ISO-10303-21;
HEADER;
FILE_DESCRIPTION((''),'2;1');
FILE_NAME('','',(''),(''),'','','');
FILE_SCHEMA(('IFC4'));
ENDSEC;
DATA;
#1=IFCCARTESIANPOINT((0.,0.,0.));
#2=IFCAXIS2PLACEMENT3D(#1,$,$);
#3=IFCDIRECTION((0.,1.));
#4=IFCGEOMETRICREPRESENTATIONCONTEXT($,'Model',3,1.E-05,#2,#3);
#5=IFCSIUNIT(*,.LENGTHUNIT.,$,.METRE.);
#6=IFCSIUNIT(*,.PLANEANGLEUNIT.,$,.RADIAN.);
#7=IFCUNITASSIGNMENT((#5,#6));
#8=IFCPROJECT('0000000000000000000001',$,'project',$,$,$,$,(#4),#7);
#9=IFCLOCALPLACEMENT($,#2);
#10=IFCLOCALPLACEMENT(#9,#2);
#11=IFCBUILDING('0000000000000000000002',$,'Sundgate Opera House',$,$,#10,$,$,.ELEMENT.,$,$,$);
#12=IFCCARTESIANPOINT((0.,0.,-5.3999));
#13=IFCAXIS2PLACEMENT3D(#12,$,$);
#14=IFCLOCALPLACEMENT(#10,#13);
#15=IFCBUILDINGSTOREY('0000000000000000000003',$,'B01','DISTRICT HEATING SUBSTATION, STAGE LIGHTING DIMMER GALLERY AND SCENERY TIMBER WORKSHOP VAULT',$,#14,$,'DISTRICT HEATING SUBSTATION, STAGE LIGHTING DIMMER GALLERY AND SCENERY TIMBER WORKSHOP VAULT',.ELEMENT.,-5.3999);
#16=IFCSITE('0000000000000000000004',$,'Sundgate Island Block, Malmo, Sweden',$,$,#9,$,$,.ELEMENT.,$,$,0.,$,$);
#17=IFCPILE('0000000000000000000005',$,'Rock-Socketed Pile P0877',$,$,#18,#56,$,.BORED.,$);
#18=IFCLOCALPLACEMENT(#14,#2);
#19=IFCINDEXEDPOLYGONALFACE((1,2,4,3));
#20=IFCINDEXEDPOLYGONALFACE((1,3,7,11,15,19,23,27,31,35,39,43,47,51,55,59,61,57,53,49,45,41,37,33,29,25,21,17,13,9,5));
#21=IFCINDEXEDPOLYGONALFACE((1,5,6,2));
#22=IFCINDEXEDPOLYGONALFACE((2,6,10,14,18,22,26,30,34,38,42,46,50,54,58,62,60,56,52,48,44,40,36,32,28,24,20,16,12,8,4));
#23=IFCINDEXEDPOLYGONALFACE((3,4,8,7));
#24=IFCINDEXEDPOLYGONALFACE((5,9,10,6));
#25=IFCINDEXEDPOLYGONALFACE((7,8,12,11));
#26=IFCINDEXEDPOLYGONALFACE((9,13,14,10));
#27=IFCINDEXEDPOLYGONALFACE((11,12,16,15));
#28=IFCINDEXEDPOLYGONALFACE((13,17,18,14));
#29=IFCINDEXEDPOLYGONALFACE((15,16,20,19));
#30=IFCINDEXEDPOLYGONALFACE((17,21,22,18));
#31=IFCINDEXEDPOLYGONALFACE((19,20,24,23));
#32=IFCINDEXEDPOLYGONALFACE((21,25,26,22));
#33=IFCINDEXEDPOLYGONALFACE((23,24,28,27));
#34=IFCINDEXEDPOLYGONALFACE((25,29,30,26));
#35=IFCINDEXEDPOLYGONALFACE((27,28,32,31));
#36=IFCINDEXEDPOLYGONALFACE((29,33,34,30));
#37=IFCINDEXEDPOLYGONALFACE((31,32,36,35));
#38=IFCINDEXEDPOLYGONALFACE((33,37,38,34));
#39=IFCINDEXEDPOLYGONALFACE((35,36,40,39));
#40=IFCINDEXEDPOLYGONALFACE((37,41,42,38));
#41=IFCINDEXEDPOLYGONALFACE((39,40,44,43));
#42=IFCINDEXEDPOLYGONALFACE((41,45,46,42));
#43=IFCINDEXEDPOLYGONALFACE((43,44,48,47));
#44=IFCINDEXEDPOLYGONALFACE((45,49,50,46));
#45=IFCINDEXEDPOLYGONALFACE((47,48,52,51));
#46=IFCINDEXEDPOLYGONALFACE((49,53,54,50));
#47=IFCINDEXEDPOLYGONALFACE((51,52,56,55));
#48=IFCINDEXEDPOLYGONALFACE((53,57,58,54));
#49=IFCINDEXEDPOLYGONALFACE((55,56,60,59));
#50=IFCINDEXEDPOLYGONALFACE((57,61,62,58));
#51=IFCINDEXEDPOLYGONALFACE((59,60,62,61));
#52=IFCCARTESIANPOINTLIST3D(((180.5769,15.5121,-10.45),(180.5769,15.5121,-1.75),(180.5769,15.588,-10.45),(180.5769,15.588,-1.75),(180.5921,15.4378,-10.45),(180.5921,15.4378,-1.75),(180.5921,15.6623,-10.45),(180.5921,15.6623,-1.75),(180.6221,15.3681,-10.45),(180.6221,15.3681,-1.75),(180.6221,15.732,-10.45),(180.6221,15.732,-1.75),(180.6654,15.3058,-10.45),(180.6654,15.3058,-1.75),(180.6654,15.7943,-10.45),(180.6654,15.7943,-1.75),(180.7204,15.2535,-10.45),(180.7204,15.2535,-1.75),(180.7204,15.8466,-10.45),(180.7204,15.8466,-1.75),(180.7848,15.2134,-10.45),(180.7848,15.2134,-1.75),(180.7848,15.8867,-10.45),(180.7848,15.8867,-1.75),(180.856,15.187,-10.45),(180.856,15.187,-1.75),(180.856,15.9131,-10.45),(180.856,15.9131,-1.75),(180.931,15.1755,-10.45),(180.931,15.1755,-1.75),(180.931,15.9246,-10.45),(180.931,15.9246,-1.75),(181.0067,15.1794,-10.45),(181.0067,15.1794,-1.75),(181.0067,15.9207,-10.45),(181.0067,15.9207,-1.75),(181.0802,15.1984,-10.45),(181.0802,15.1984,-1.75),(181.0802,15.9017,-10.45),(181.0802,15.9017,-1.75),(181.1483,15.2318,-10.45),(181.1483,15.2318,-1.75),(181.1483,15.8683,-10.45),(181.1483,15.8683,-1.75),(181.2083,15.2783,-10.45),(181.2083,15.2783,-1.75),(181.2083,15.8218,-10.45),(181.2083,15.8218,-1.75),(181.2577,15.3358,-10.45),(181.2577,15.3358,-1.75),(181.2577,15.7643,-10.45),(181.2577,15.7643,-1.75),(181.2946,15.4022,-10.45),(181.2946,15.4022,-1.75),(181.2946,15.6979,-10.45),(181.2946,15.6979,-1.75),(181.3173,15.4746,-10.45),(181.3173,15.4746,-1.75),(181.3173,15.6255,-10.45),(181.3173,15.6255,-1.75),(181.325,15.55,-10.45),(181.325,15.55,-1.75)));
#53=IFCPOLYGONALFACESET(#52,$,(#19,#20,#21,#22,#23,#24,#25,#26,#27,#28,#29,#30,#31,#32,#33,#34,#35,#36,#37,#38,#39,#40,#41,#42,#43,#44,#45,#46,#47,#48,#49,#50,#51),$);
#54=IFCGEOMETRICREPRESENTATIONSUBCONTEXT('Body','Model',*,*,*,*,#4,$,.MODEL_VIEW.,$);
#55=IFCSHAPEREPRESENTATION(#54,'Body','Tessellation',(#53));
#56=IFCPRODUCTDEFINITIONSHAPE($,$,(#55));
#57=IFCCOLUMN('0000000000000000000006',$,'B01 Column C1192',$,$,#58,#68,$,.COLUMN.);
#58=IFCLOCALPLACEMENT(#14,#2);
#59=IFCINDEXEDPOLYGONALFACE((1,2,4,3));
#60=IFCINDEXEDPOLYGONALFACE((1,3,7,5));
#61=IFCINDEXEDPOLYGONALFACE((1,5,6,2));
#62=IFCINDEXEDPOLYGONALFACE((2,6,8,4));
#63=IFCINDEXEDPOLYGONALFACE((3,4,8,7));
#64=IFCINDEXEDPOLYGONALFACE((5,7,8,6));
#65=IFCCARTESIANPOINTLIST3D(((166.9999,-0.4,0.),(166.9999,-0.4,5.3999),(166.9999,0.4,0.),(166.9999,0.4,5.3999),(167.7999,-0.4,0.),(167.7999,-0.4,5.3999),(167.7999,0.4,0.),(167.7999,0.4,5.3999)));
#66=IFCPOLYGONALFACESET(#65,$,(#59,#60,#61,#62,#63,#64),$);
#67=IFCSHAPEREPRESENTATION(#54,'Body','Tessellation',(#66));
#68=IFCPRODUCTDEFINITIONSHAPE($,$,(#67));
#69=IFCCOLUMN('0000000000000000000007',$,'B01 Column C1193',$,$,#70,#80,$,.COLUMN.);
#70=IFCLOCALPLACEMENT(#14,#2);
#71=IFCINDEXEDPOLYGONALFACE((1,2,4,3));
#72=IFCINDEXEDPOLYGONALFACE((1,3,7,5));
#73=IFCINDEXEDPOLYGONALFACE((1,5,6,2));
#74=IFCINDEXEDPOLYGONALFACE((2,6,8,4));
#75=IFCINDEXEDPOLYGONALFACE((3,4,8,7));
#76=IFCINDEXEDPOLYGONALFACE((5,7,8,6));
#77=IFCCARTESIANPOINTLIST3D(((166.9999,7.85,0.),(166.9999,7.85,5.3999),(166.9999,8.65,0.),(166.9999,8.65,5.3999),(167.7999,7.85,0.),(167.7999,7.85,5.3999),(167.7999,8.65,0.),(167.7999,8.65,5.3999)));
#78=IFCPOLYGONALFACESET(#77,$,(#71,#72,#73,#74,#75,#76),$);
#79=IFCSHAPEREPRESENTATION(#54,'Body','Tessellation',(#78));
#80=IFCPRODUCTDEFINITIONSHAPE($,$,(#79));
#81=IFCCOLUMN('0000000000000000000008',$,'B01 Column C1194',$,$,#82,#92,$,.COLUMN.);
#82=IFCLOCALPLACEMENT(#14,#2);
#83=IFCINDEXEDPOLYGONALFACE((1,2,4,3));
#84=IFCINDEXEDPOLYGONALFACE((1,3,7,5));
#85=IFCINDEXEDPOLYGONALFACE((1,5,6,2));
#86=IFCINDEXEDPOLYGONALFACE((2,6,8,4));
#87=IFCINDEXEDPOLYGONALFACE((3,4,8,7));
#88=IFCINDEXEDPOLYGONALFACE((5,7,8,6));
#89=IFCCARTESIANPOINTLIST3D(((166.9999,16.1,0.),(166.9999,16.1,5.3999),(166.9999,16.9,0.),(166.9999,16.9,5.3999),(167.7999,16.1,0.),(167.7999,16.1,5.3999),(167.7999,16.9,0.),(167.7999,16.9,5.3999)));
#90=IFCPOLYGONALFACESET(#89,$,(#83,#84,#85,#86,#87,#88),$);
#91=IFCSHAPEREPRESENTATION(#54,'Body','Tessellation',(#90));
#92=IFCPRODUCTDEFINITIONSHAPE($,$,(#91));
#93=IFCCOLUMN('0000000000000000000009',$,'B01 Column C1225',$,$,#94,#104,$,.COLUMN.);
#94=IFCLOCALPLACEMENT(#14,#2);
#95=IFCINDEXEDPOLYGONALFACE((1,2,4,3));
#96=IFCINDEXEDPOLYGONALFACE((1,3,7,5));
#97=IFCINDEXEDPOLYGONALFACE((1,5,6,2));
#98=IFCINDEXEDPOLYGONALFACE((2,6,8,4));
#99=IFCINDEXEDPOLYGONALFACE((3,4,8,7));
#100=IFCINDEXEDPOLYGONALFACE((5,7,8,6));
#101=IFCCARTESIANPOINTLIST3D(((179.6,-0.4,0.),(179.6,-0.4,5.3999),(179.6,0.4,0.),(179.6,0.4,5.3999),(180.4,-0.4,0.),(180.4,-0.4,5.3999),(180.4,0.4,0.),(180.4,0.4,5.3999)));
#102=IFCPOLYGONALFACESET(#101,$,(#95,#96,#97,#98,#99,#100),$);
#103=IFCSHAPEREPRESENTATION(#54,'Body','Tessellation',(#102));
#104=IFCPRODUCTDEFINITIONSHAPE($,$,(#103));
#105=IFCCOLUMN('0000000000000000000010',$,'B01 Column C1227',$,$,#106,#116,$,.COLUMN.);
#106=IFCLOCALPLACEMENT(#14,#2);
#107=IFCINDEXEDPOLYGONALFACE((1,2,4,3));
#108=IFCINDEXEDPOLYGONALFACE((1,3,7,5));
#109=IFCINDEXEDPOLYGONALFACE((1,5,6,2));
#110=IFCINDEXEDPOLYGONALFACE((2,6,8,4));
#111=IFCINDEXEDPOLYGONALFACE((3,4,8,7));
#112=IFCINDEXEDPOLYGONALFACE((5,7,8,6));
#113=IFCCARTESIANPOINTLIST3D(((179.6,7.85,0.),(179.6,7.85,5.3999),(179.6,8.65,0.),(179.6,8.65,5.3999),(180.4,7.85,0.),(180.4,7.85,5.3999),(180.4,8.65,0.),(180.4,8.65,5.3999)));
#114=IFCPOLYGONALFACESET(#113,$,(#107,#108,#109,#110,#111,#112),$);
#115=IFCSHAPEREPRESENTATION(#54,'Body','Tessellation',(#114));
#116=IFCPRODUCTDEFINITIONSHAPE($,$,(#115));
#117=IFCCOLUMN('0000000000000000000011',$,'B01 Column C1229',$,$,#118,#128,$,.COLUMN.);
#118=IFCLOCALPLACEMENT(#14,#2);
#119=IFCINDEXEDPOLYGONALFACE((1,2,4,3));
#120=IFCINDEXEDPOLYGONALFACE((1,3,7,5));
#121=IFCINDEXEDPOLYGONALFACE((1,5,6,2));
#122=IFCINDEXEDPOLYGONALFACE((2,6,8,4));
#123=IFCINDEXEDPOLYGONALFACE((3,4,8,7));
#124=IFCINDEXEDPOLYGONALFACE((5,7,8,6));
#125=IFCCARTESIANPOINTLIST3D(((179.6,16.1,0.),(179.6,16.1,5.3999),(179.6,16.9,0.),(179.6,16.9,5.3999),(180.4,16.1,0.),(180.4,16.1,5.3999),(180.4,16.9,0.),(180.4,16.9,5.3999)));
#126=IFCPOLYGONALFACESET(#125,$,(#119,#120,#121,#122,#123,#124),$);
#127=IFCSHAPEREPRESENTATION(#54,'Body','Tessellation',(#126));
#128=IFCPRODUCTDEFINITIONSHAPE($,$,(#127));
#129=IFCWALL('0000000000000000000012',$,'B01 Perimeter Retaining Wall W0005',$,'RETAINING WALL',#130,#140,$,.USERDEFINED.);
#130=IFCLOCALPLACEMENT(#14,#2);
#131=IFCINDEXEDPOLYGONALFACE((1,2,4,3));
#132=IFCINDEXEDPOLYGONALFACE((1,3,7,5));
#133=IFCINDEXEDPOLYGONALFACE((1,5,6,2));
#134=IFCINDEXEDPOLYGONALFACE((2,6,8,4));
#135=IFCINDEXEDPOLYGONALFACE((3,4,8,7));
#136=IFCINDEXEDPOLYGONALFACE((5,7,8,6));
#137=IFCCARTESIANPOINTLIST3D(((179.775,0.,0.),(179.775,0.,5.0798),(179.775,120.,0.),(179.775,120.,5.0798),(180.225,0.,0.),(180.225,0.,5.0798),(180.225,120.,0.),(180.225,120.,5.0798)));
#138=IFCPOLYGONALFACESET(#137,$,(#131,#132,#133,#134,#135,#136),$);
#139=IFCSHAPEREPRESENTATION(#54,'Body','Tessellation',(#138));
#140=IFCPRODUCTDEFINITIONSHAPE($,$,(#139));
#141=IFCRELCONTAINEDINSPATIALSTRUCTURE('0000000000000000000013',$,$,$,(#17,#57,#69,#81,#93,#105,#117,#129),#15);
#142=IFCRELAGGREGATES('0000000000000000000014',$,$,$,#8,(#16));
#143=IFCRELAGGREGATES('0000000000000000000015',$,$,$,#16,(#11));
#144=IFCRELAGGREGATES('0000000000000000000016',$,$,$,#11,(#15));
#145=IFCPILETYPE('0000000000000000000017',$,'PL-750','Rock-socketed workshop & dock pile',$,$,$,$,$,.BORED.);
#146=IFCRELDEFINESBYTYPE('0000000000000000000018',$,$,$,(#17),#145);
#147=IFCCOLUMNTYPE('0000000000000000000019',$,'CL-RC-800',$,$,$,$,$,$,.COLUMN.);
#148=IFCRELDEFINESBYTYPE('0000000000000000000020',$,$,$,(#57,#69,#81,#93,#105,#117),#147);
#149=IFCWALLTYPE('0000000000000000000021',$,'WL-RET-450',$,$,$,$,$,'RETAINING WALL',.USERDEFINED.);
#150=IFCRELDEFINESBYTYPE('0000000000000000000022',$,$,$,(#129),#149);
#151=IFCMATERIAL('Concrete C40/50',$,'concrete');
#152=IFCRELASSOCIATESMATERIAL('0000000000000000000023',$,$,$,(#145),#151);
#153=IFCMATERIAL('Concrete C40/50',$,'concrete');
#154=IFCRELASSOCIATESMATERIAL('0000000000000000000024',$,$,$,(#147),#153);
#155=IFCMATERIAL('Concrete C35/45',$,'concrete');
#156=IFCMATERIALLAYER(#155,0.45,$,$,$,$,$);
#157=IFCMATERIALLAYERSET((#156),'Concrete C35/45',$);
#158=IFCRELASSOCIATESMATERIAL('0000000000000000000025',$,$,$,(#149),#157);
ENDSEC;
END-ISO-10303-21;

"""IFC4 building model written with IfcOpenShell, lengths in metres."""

from ifc_helpers import new_model, si_unit, direction, frame, frame_2d, origin, origin_2d, place, context, subcontext, project, spatial, rectangle, circle, extrude, material, layer, layer_set, material_profile, profile_set, type_object, element, save


model = new_model("IFC4")

# Units and contexts
model_context = context("Model", 3, precision=1e-05, world=origin(), true_north=direction((0.0, 1.0)))
body_context = subcontext(model_context, "Body", "Model", "MODEL_VIEW")
ifc_project = project(units=[si_unit("LENGTHUNIT", "METRE"), si_unit("PLANEANGLEUNIT", "RADIAN")], contexts=[model_context])

# Site, building, storey
site_placement = place(None, origin())
site = spatial("IfcSite", under=ifc_project, at=site_placement, Name="Sundgate Island Block, Malmo, Sweden", CompositionType="ELEMENT", RefElevation=0.0)
building_placement = place(site_placement, origin())
building = spatial("IfcBuilding", under=site, at=building_placement, Name="Sundgate Opera House", CompositionType="ELEMENT")
storey_placement = place(building_placement, frame((0.0, 0.0, -5.3999)))
storey = spatial("IfcBuildingStorey", under=building, at=storey_placement, Name="B01", Description="DISTRICT HEATING SUBSTATION, STAGE LIGHTING DIMMER GALLERY AND SCENERY TIMBER WORKSHOP VAULT", LongName="DISTRICT HEATING SUBSTATION, STAGE LIGHTING DIMMER GALLERY AND SCENERY TIMBER WORKSHOP VAULT", CompositionType="ELEMENT", Elevation=-5.3999)

# Pile
ifc_material_1 = material(Name="Concrete C40/50", Category="concrete")
ifc_material_profile_1 = material_profile(ifc_material_1, circle(Radius=0.375, at=origin_2d()), Name="PILE D750")
ifc_profile_set_1 = profile_set([ifc_material_profile_1], Name="Concrete C40/50")
pile_type = type_object("IfcPileType", Name="PL-750", Description="Rock-socketed workshop & dock pile", PredefinedType="BORED", material=ifc_profile_set_1)
for number, where, z_axis, x_axis, name in (
    (1, (180.95, 15.55, -1.75), (0.0, 0.0, -1.0), (1.0, 0.0, 0.0), "Rock-Socketed Pile P0877"),
):
    element("IfcPile", number, at=place(storey_placement, frame(where, z_axis=z_axis, x_axis=x_axis)), inside=storey, type_object=pile_type, Name=name, PredefinedType="BORED", context=body_context, shape_type="SweptSolid", body=[
        extrude(circle(Radius=0.375, at=origin_2d()), origin(), (0.0, 0.0, 1.0), 8.7),
    ])

# Columns
ifc_material_2 = material(Name="Concrete C40/50", Category="concrete")
ifc_material_profile_2 = material_profile(ifc_material_2, rectangle(XDim=0.8, YDim=0.8, at=origin_2d()), Name="RC 800x800")
ifc_profile_set_2 = profile_set([ifc_material_profile_2], Name="Concrete C40/50")
column_type = type_object("IfcColumnType", Name="CL-RC-800", PredefinedType="COLUMN", material=ifc_profile_set_2)
for number, where, z_axis, x_axis, name in (
    (2, (167.3999, 0.0, 0.0), (0.0, 0.0, 1.0), (1.0, 0.0, 0.0), "B01 Column C1192"),
    (3, (167.3999, 8.25, 0.0), (0.0, 0.0, 1.0), (1.0, 0.0, 0.0), "B01 Column C1193"),
    (4, (167.3999, 16.5, 0.0), (0.0, 0.0, 1.0), (1.0, 0.0, 0.0), "B01 Column C1194"),
    (5, (180.0, 0.0, 0.0), (0.0, 0.0, 1.0), (1.0, 0.0, 0.0), "B01 Column C1225"),
    (6, (180.0, 8.25, 0.0), (0.0, 0.0, 1.0), (1.0, 0.0, 0.0), "B01 Column C1227"),
    (7, (180.0, 16.5, 0.0), (0.0, 0.0, 1.0), (1.0, 0.0, 0.0), "B01 Column C1229"),
):
    element("IfcColumn", number, at=place(storey_placement, frame(where, z_axis=z_axis, x_axis=x_axis)), inside=storey, type_object=column_type, Name=name, PredefinedType="COLUMN", context=body_context, shape_type="SweptSolid", body=[
        extrude(rectangle(XDim=0.8, YDim=0.8, at=origin_2d()), origin(), (0.0, 0.0, 1.0), 5.3999),
    ])

# Wall
ifc_material_3 = material(Name="Concrete C35/45", Category="concrete")
ifc_layer = layer(ifc_material_3, 0.45)
ifc_layer_set = layer_set([ifc_layer], Name="Concrete C35/45")
wall_type = type_object("IfcWallType", Name="WL-RET-450", ElementType="RETAINING WALL", PredefinedType="USERDEFINED", material=ifc_layer_set)
wall_placement = place(storey_placement, frame((180.0, 0.0, 0.0), z_axis=(0.0, 0.0, 1.0), x_axis=(0.0, 1.0, 0.0)))
element("IfcWall", 8, at=wall_placement, inside=storey, type_object=wall_type, Name="B01 Perimeter Retaining Wall W0005", ObjectType="RETAINING WALL", PredefinedType="USERDEFINED", context=body_context, shape_type="SweptSolid", body=[
    extrude(rectangle(XDim=120.0, YDim=0.45, at=frame_2d((60.0, 0.0))), origin(), (0.0, 0.0, 1.0), 5.0798),
])

save(model, "model.ifc")
